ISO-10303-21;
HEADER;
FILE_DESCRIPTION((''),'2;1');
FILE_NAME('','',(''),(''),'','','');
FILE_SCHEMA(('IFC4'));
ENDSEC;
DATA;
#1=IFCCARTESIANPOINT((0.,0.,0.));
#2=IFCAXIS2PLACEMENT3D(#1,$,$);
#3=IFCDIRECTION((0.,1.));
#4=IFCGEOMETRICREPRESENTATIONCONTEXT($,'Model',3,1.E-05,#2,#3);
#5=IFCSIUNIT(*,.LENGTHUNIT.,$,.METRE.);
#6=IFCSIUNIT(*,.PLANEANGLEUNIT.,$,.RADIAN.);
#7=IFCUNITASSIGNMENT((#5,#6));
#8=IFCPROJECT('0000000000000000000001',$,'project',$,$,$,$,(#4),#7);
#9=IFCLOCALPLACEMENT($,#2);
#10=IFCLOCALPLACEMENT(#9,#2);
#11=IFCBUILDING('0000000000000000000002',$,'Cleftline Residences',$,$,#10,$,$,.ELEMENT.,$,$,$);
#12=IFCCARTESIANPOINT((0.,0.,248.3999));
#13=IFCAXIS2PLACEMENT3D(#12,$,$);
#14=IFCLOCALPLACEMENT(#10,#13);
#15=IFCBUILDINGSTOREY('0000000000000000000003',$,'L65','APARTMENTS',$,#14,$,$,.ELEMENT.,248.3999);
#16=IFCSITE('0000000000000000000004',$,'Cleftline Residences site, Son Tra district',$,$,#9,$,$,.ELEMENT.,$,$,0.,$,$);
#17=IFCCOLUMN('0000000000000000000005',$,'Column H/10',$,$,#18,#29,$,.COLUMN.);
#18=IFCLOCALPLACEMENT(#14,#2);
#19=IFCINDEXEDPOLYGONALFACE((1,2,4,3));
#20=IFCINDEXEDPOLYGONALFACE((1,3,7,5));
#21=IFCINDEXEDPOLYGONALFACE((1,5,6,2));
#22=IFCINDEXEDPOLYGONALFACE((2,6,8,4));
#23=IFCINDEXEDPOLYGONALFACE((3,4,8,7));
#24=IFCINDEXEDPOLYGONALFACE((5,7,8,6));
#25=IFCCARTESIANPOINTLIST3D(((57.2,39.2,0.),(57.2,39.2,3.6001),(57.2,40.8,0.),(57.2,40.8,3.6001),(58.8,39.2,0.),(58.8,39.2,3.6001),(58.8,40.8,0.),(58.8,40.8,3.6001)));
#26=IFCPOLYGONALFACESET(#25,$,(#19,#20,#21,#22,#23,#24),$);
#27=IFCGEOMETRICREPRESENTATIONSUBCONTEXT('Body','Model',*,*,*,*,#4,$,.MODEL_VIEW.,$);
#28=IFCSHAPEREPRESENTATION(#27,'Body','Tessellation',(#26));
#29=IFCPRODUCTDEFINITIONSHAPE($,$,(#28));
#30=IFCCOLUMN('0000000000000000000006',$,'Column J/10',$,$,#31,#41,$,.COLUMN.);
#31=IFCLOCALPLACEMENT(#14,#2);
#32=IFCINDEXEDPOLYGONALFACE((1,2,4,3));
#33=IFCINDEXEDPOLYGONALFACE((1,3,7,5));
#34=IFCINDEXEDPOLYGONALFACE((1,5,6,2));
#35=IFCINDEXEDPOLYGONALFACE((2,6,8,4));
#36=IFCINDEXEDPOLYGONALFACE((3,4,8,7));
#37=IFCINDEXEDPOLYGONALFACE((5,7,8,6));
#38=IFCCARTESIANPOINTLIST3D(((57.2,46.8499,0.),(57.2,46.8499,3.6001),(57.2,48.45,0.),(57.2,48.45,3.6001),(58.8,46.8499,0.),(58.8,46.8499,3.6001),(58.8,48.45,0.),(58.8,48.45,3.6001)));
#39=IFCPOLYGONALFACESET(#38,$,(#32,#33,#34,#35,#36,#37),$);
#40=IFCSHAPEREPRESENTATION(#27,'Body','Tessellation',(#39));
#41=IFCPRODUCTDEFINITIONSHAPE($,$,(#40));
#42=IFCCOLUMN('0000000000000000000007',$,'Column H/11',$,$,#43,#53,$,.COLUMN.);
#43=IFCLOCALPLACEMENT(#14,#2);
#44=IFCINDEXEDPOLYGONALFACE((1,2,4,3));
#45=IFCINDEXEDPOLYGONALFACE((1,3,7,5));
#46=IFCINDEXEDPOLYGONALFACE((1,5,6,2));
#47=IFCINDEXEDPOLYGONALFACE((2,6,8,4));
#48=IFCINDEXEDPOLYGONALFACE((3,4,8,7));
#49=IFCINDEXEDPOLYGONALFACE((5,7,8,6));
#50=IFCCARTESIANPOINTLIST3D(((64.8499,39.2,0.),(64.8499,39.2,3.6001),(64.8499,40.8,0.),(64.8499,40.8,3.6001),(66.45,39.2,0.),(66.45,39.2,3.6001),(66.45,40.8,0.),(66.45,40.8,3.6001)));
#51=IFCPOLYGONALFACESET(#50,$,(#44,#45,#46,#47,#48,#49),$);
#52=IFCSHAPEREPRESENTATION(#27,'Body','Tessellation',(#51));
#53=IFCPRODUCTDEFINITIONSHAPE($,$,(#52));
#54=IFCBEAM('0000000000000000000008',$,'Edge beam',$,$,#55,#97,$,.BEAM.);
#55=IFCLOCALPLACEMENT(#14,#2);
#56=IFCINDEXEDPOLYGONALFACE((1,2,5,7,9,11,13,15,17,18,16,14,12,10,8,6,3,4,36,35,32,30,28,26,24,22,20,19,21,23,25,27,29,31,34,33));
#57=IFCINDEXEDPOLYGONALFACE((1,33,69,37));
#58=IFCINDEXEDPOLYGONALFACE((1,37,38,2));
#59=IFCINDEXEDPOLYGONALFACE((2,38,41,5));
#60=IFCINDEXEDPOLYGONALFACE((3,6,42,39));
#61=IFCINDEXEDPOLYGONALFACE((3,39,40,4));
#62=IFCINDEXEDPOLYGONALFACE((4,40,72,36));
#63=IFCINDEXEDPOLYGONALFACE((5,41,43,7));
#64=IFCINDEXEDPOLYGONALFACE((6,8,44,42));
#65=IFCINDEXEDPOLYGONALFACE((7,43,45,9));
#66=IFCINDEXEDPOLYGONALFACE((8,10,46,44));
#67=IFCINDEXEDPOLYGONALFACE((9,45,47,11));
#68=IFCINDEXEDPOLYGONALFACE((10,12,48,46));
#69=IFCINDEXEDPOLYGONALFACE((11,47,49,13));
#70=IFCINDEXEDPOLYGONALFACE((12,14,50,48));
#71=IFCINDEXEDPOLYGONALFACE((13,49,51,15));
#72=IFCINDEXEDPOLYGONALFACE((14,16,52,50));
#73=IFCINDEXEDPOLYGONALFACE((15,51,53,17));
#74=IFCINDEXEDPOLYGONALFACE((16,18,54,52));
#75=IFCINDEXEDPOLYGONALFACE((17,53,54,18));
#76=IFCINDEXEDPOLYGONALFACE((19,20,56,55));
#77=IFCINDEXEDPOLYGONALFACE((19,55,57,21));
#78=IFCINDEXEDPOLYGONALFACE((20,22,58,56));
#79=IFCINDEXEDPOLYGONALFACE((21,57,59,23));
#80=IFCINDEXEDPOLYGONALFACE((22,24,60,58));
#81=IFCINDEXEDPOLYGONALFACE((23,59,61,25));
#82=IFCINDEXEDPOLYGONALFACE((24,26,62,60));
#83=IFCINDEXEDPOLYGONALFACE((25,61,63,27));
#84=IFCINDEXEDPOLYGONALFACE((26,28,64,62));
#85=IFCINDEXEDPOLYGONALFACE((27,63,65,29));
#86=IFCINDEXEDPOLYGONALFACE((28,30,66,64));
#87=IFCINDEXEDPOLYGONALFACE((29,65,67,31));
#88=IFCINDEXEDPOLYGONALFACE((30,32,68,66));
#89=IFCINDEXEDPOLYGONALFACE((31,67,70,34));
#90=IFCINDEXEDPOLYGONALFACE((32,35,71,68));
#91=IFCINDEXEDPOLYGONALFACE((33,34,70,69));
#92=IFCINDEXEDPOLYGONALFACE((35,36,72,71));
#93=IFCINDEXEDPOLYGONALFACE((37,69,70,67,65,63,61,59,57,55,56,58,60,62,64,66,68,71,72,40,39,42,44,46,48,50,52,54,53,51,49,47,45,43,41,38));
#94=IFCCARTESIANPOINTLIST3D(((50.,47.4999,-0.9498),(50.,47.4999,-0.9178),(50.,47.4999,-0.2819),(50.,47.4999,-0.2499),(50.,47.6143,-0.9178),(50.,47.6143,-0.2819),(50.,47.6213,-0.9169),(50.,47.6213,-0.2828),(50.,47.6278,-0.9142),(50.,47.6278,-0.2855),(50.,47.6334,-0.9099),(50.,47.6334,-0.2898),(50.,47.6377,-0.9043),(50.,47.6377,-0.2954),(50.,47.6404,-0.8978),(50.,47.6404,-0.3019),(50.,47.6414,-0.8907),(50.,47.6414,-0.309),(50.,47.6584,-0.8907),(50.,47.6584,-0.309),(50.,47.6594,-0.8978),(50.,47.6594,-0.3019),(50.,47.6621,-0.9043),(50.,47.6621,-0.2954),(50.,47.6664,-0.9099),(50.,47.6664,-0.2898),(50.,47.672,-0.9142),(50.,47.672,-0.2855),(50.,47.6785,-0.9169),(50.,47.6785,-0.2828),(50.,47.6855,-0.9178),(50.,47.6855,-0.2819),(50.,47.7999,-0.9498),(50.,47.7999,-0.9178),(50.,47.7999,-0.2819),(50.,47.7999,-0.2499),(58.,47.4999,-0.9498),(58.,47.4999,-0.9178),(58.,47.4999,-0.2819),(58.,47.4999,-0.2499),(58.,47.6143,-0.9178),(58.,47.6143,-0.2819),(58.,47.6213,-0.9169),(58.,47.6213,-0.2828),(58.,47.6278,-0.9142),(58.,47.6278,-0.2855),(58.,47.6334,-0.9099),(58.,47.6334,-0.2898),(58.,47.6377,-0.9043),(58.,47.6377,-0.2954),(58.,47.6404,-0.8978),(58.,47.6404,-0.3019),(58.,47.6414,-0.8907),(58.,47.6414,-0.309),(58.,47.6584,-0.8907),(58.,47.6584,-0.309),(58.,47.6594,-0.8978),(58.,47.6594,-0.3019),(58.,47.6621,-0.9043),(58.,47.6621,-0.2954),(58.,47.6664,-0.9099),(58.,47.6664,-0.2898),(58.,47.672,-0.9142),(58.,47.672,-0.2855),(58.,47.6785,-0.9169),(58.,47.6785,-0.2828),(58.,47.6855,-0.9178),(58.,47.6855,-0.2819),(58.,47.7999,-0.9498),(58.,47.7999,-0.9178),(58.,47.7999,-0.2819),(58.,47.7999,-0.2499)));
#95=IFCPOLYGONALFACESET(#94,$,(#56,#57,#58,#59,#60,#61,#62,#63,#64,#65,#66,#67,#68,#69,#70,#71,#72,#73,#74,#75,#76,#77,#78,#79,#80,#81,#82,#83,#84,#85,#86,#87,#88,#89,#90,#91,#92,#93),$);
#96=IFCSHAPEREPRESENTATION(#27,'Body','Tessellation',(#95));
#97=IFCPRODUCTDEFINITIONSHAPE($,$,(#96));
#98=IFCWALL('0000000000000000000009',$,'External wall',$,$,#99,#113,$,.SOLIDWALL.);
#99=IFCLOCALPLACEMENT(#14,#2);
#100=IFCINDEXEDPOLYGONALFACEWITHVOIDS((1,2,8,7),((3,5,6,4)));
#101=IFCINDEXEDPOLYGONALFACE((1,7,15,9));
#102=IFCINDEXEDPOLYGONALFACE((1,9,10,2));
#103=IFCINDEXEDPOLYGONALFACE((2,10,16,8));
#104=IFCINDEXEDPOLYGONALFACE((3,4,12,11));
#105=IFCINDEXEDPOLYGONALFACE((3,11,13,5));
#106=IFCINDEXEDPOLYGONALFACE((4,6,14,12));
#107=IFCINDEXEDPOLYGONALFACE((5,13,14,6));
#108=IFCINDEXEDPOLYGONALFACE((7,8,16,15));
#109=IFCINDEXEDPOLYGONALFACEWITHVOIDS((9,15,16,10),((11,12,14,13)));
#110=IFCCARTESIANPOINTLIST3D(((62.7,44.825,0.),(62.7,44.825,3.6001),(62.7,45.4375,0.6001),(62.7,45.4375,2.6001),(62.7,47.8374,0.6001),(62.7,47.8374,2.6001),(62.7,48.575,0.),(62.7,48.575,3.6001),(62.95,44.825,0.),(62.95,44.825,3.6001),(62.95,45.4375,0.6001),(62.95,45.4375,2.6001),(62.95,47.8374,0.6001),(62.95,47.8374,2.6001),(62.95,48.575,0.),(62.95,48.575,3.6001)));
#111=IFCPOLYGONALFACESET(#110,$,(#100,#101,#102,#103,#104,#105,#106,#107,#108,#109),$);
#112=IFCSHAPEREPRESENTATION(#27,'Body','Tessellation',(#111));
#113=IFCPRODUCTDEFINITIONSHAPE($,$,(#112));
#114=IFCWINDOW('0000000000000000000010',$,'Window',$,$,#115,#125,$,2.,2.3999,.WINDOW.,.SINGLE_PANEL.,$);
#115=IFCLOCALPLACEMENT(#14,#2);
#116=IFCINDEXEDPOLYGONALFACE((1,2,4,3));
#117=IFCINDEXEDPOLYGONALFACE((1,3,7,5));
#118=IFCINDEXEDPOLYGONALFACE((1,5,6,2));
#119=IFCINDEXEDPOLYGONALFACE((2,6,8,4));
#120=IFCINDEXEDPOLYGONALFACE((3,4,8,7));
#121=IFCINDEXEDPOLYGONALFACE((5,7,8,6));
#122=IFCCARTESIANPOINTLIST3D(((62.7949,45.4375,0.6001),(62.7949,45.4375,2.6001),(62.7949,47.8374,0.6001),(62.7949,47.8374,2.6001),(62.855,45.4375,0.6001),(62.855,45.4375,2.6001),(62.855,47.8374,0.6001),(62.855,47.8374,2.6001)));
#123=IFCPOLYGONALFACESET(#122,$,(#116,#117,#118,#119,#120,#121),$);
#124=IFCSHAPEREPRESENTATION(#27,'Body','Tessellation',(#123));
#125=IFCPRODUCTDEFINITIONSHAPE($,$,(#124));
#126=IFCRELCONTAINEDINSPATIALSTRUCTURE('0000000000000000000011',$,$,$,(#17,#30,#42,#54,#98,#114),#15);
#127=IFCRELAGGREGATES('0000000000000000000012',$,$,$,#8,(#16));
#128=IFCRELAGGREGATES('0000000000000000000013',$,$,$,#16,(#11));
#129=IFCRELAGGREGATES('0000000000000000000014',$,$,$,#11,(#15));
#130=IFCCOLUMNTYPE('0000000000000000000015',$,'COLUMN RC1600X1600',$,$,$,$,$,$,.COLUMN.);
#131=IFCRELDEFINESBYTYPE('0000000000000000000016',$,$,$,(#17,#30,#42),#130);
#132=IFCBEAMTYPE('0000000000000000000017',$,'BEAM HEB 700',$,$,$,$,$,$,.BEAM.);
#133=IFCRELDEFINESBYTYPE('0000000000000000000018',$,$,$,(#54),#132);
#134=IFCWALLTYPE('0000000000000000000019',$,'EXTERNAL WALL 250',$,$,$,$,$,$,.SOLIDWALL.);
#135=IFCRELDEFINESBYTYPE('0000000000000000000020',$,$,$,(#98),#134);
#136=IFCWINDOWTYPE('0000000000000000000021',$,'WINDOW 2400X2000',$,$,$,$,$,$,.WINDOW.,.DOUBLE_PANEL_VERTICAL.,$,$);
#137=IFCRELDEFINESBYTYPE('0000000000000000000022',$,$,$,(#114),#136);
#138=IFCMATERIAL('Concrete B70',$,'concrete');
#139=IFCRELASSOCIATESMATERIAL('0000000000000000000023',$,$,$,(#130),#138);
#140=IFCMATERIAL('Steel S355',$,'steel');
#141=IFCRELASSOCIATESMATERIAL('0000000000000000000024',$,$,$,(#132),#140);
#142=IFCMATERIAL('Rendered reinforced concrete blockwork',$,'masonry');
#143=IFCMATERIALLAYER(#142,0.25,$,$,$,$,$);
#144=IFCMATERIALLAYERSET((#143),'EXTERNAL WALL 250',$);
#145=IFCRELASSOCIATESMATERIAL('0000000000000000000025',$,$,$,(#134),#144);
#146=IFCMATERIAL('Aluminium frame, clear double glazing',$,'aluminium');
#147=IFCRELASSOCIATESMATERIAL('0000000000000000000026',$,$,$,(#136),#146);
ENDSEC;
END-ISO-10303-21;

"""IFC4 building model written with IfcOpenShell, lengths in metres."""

from ifc_helpers import new_model, si_unit, direction, frame, frame_2d, origin, origin_2d, place, context, subcontext, project, spatial, rectangle, i_section, extrude, material, layer, layer_set, material_profile, profile_set, type_object, element, fill, save


model = new_model("IFC4")

# Units and contexts
model_context = context("Model", 3, precision=1e-05, world=origin(), true_north=direction((0.0, 1.0)))
body_context = subcontext(model_context, "Body", "Model", "MODEL_VIEW")
ifc_project = project(units=[si_unit("LENGTHUNIT", "METRE"), si_unit("PLANEANGLEUNIT", "RADIAN")], contexts=[model_context])

# Site, building, storey
site_placement = place(None, origin())
site = spatial("IfcSite", under=ifc_project, at=site_placement, Name="Cleftline Residences site, Son Tra district", CompositionType="ELEMENT", RefElevation=0.0)
building_placement = place(site_placement, origin())
building = spatial("IfcBuilding", under=site, at=building_placement, Name="Cleftline Residences", CompositionType="ELEMENT")
storey_placement = place(building_placement, frame((0.0, 0.0, 248.3999)))
storey = spatial("IfcBuildingStorey", under=building, at=storey_placement, Name="L65", Description="APARTMENTS", CompositionType="ELEMENT", Elevation=248.3999)

# Columns
ifc_material_1 = material(Name="Concrete B70", Category="concrete")
ifc_material_profile_1 = material_profile(ifc_material_1, rectangle(XDim=1.6001, YDim=1.6001, at=origin_2d()))
ifc_profile_set_1 = profile_set([ifc_material_profile_1], Name="Concrete B70")
column_type = type_object("IfcColumnType", Name="COLUMN RC1600X1600", PredefinedType="COLUMN", material=ifc_profile_set_1)
for number, where, z_axis, x_axis, name in (
    (1, (58.0, 40.0, 0.0), (0.0, 0.0, 1.0), (1.0, 0.0, 0.0), "Column H/10"),
    (2, (58.0, 47.6499, 0.0), (0.0, 0.0, 1.0), (1.0, 0.0, 0.0), "Column J/10"),
    (3, (65.6499, 40.0, 0.0), (0.0, 0.0, 1.0), (1.0, 0.0, 0.0), "Column H/11"),
):
    element("IfcColumn", number, at=place(storey_placement, frame(where, z_axis=z_axis, x_axis=x_axis)), inside=storey, type_object=column_type, Name=name, PredefinedType="COLUMN", context=body_context, shape_type="SweptSolid", body=[
        extrude(rectangle(XDim=1.6001, YDim=1.6001, at=origin_2d()), origin(), (0.0, 0.0, 1.0), 3.6001),
    ])

# Beam
ifc_material_2 = material(Name="Steel S355", Category="steel")
ifc_material_profile_2 = material_profile(ifc_material_2, i_section(OverallWidth=0.3, OverallDepth=0.7, WebThickness=0.0171, FlangeThickness=0.032, FilletRadius=0.0271, at=origin_2d()))
ifc_profile_set_2 = profile_set([ifc_material_profile_2], Name="Steel S355")
beam_type = type_object("IfcBeamType", Name="BEAM HEB 700", PredefinedType="BEAM", material=ifc_profile_set_2)
beam_placement = place(storey_placement, frame((58.0, 47.6499, -0.5999), z_axis=(-1.0, 0.0, 0.0), x_axis=(0.0, -1.0, 0.0)))
element("IfcBeam", 4, at=beam_placement, inside=storey, type_object=beam_type, Name="Edge beam", PredefinedType="BEAM", context=body_context, shape_type="SweptSolid", body=[
    extrude(i_section(OverallWidth=0.3, OverallDepth=0.7, WebThickness=0.0171, FlangeThickness=0.032, FilletRadius=0.0271, at=origin_2d()), origin(), (0.0, 0.0, 1.0), 8.0),
])

# Wall, opening, window
ifc_material_3 = material(Name="Rendered reinforced concrete blockwork", Category="masonry")
ifc_layer_1 = layer(ifc_material_3, 0.25)
ifc_layer_set_1 = layer_set([ifc_layer_1], Name="EXTERNAL WALL 250")
wall_type_1 = type_object("IfcWallType", Name="EXTERNAL WALL 250", PredefinedType="SOLIDWALL", material=ifc_layer_set_1)
wall_1_placement = place(storey_placement, frame((62.825, 44.825, 0.0), z_axis=(0.0, 0.0, 1.0), x_axis=(0.0, 1.0, 0.0)))
wall_1 = element("IfcWall", 5, at=wall_1_placement, inside=storey, type_object=wall_type_1, Name="External wall", PredefinedType="SOLIDWALL", context=body_context, shape_type="SweptSolid", body=[
    extrude(rectangle(XDim=3.75, YDim=0.25, at=frame_2d((1.875, 0.0))), origin(), (0.0, 0.0, 1.0), 3.6001),
])
opening_1_placement = place(wall_1_placement, frame((0.6125, 0.0, 0.6001)))
opening_1 = element("IfcOpeningElement", 6, at=opening_1_placement, cuts=wall_1, PredefinedType="OPENING", context=body_context, shape_type="SweptSolid", body=[
    extrude(rectangle(XDim=2.3999, YDim=2.0, at=frame_2d((1.2, 1.0))), frame((0.0, 0.135, 0.0), z_axis=(0.0, -1.0, 0.0), x_axis=(1.0, 0.0, 0.0)), (0.0, 0.0, 1.0), 0.27),
])
ifc_material_4 = material(Name="Aluminium frame, clear double glazing", Category="aluminium")
window_type_1 = type_object("IfcWindowType", Name="WINDOW 2400X2000", PartitioningType="DOUBLE_PANEL_VERTICAL", PredefinedType="WINDOW", material=ifc_material_4)
window_1_placement = place(opening_1_placement, origin())
window_1 = element("IfcWindow", 7, at=window_1_placement, inside=storey, type_object=window_type_1, Name="Window", OverallHeight=2.0, OverallWidth=2.3999, PartitioningType="SINGLE_PANEL", PredefinedType="WINDOW", context=body_context, shape_type="SweptSolid", body=[
    extrude(rectangle(XDim=2.3999, YDim=2.0, at=frame_2d((1.2, 1.0))), frame((0.0, 0.03, 0.0), z_axis=(0.0, -1.0, 0.0), x_axis=(1.0, 0.0, 0.0)), (0.0, 0.0, 1.0), 0.0601),
])
fill(opening_1, window_1)

save(model, "model.ifc")
